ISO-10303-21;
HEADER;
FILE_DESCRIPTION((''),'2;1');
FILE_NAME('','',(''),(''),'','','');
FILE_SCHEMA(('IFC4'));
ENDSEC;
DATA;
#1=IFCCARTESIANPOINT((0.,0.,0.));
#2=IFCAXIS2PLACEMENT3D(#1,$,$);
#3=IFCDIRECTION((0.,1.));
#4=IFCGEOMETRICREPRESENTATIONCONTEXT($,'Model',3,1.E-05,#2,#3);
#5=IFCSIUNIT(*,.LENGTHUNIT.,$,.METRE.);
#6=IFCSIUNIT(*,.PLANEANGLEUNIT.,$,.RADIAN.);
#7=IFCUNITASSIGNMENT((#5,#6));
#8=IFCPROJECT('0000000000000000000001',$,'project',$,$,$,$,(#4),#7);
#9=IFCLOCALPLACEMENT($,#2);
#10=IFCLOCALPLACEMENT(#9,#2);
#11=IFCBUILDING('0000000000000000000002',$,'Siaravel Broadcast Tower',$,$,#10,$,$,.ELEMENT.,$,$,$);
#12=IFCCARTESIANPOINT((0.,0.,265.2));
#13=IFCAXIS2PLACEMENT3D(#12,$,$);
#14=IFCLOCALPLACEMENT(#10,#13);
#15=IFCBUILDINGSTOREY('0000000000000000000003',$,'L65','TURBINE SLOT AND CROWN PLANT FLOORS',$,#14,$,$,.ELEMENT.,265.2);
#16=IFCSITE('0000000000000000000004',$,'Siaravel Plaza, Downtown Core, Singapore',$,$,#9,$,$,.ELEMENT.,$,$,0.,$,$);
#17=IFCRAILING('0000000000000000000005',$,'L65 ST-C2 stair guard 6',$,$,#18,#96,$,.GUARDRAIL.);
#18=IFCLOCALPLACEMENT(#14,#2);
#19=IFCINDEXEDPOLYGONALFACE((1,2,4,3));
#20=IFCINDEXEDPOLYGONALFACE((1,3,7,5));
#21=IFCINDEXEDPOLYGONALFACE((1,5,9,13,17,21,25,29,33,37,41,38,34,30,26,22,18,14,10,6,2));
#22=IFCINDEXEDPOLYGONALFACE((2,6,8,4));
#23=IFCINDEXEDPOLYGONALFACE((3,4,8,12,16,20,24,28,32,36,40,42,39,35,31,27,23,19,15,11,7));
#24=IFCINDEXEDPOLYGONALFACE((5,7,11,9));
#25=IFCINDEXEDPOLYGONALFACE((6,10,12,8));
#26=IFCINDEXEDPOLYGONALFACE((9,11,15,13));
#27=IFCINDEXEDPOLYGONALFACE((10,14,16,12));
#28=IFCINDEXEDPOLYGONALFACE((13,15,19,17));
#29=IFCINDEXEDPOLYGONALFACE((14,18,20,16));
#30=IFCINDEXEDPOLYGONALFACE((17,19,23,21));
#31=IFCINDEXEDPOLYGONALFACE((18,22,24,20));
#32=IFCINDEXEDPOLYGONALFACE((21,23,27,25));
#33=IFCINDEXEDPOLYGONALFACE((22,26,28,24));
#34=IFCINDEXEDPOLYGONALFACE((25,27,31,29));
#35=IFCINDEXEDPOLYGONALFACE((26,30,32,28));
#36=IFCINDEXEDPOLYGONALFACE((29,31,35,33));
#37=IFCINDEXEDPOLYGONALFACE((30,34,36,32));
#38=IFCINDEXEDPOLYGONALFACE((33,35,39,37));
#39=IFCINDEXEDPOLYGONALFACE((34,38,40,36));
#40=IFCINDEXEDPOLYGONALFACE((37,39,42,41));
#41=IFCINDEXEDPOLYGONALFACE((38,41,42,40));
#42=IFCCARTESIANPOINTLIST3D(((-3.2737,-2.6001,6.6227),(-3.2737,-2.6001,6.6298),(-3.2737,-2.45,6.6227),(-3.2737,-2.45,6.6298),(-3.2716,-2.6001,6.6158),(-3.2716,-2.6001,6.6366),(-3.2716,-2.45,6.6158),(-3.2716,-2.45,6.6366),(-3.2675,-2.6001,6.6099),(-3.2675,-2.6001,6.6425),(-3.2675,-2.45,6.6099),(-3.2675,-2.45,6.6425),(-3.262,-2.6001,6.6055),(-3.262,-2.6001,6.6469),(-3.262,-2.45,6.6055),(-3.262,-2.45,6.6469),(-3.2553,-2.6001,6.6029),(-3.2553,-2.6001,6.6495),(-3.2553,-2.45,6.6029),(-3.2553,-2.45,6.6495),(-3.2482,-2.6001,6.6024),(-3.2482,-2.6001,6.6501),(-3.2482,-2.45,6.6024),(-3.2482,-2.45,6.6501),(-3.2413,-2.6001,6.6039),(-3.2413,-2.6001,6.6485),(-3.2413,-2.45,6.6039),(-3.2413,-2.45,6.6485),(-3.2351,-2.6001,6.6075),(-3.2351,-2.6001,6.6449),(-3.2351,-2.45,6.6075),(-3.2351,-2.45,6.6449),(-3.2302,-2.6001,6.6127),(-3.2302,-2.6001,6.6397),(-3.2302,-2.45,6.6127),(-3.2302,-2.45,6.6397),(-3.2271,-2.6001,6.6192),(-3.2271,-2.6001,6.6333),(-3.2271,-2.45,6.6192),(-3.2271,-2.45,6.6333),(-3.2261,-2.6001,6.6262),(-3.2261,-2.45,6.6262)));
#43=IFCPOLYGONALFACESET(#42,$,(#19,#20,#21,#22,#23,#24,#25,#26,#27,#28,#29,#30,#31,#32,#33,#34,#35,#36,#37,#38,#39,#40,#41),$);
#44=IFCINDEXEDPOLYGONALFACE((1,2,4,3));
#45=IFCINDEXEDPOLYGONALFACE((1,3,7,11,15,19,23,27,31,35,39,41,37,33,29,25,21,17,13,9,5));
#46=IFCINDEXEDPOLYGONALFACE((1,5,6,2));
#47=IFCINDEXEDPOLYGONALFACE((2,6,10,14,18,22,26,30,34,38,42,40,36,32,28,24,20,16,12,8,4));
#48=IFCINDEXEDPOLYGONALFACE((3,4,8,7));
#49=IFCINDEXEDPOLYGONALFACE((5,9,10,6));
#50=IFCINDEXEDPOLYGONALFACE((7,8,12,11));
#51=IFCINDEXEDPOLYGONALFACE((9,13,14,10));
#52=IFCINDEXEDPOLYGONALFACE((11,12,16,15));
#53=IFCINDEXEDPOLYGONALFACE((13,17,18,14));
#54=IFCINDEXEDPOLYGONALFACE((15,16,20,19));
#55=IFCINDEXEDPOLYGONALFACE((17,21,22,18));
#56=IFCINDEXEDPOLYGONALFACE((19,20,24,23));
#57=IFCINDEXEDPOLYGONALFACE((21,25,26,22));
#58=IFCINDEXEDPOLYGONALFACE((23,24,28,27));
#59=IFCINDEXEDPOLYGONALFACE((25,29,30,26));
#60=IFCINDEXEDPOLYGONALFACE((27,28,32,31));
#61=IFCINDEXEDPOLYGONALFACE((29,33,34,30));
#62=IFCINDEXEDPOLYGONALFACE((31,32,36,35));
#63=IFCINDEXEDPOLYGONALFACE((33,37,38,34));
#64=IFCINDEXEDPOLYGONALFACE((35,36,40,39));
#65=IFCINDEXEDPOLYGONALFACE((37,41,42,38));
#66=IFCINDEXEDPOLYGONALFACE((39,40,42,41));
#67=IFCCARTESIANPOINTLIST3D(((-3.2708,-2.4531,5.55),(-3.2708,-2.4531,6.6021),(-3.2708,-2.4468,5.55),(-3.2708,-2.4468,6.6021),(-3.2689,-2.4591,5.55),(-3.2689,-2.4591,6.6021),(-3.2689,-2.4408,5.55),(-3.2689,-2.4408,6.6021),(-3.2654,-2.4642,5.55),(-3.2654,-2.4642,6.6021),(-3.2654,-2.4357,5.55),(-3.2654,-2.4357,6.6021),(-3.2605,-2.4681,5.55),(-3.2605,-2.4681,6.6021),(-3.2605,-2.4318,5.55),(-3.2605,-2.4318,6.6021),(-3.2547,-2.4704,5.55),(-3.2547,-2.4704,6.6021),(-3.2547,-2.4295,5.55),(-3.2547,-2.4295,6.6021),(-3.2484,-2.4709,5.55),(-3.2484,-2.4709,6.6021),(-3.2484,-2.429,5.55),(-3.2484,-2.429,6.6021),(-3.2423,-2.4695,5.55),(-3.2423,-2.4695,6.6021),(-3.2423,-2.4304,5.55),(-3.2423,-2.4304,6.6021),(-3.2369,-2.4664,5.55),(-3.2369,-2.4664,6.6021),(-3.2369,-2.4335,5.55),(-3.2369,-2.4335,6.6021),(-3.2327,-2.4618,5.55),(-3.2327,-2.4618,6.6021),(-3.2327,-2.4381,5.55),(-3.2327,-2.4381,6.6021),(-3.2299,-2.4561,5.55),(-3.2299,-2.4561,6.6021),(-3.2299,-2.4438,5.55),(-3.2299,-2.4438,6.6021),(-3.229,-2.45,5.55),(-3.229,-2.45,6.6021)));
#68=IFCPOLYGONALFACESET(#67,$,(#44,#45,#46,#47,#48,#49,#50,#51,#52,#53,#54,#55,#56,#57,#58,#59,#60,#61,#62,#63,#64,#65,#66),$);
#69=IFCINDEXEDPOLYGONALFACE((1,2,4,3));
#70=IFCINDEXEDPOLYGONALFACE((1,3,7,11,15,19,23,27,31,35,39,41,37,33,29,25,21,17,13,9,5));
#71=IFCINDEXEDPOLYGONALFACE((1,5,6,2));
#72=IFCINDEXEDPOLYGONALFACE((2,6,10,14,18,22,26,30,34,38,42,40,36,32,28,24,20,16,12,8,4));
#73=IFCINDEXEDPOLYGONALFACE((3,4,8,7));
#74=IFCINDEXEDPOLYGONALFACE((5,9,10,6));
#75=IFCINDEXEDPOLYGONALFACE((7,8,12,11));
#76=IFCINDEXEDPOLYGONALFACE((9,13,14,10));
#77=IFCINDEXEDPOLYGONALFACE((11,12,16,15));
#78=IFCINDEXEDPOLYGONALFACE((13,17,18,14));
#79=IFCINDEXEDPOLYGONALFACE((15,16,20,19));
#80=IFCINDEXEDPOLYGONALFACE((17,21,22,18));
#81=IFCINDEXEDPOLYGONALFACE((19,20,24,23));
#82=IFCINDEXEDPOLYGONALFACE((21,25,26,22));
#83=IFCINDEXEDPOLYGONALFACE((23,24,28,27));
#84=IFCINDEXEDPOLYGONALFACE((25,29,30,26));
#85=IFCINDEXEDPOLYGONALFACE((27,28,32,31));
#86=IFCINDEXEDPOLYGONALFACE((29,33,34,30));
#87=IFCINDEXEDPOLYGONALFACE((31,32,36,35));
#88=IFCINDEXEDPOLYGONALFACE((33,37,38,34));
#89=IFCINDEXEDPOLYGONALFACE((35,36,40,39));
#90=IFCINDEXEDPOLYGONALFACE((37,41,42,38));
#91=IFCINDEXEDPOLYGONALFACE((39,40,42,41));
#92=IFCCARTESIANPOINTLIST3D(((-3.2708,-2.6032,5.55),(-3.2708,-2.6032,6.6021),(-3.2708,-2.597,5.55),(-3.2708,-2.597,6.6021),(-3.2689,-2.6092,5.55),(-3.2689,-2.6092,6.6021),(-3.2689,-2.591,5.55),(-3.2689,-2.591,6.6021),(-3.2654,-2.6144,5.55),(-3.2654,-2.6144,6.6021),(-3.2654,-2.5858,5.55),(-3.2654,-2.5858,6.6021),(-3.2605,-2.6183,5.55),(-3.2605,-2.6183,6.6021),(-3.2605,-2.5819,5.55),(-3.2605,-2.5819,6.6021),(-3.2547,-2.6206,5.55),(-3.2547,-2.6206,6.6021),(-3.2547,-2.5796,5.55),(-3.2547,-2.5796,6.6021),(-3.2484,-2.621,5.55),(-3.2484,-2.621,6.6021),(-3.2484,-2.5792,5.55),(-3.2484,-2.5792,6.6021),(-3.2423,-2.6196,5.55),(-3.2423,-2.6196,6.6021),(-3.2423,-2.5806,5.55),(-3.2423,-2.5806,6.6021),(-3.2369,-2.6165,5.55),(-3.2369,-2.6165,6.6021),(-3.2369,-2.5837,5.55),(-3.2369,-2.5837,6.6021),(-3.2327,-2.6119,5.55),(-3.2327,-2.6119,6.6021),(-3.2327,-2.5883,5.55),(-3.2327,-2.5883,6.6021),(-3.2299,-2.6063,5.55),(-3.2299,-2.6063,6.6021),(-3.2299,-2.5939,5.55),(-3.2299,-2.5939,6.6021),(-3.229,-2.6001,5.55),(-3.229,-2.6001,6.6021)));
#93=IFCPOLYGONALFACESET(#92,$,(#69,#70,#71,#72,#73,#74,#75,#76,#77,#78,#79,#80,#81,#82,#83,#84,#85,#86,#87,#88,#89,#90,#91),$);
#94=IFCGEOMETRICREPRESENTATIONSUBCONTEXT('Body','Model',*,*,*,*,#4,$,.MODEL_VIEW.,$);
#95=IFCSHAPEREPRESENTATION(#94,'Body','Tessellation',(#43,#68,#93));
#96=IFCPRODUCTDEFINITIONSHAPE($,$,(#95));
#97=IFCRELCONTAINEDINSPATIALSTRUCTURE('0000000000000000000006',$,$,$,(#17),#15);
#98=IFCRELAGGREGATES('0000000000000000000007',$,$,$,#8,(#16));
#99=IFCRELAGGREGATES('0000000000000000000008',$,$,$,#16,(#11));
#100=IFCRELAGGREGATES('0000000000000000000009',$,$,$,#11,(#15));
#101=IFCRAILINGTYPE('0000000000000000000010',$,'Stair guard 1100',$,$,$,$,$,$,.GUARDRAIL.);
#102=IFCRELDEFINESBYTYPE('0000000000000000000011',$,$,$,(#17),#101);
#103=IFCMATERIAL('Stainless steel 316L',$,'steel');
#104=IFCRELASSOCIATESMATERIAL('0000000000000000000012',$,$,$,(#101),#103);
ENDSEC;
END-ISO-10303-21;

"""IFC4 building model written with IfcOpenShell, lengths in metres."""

from ifc_helpers import new_model, si_unit, direction, frame, origin, origin_2d, place, context, subcontext, project, spatial, circle, extrude, material, type_object, element, save


model = new_model("IFC4")

# Units and contexts
model_context = context("Model", 3, precision=1e-05, world=origin(), true_north=direction((0.0, 1.0)))
body_context = subcontext(model_context, "Body", "Model", "MODEL_VIEW")
ifc_project = project(units=[si_unit("LENGTHUNIT", "METRE"), si_unit("PLANEANGLEUNIT", "RADIAN")], contexts=[model_context])

# Site, building, storey
site_placement = place(None, origin())
site = spatial("IfcSite", under=ifc_project, at=site_placement, Name="Siaravel Plaza, Downtown Core, Singapore", CompositionType="ELEMENT", RefElevation=0.0)
building_placement = place(site_placement, origin())
building = spatial("IfcBuilding", under=site, at=building_placement, Name="Siaravel Broadcast Tower", CompositionType="ELEMENT")
storey_placement = place(building_placement, frame((0.0, 0.0, 265.2)))
storey = spatial("IfcBuildingStorey", under=building, at=storey_placement, Name="L65", Description="TURBINE SLOT AND CROWN PLANT FLOORS", CompositionType="ELEMENT", Elevation=265.2)

# Railing
ifc_material_1 = material(Name="Stainless steel 316L", Category="steel")
railing_type_1 = type_object("IfcRailingType", Name="Stair guard 1100", PredefinedType="GUARDRAIL", material=ifc_material_1)
railing_1_placement = place(storey_placement, frame((-3.25, -2.45, 5.55)))
element("IfcRailing", 1, at=railing_1_placement, inside=storey, type_object=railing_type_1, Name="L65 ST-C2 stair guard 6", PredefinedType="GUARDRAIL", context=body_context, shape_type="SweptSolid", body=[
    extrude(circle(Radius=0.0239, at=origin_2d()), frame((0.0, 0.0, 1.0762), z_axis=(0.0, -1.0, 0.0), x_axis=(1.0, 0.0, 0.0)), (0.0, 0.0, 1.0), 0.1501),
    extrude(circle(Radius=0.021, at=origin_2d()), origin(), (0.0, 0.0, 1.0), 1.052),
    extrude(circle(Radius=0.021, at=origin_2d()), frame((0.0, -0.1501, 0.0)), (0.0, 0.0, 1.0), 1.052),
])

save(model, "model.ifc")
